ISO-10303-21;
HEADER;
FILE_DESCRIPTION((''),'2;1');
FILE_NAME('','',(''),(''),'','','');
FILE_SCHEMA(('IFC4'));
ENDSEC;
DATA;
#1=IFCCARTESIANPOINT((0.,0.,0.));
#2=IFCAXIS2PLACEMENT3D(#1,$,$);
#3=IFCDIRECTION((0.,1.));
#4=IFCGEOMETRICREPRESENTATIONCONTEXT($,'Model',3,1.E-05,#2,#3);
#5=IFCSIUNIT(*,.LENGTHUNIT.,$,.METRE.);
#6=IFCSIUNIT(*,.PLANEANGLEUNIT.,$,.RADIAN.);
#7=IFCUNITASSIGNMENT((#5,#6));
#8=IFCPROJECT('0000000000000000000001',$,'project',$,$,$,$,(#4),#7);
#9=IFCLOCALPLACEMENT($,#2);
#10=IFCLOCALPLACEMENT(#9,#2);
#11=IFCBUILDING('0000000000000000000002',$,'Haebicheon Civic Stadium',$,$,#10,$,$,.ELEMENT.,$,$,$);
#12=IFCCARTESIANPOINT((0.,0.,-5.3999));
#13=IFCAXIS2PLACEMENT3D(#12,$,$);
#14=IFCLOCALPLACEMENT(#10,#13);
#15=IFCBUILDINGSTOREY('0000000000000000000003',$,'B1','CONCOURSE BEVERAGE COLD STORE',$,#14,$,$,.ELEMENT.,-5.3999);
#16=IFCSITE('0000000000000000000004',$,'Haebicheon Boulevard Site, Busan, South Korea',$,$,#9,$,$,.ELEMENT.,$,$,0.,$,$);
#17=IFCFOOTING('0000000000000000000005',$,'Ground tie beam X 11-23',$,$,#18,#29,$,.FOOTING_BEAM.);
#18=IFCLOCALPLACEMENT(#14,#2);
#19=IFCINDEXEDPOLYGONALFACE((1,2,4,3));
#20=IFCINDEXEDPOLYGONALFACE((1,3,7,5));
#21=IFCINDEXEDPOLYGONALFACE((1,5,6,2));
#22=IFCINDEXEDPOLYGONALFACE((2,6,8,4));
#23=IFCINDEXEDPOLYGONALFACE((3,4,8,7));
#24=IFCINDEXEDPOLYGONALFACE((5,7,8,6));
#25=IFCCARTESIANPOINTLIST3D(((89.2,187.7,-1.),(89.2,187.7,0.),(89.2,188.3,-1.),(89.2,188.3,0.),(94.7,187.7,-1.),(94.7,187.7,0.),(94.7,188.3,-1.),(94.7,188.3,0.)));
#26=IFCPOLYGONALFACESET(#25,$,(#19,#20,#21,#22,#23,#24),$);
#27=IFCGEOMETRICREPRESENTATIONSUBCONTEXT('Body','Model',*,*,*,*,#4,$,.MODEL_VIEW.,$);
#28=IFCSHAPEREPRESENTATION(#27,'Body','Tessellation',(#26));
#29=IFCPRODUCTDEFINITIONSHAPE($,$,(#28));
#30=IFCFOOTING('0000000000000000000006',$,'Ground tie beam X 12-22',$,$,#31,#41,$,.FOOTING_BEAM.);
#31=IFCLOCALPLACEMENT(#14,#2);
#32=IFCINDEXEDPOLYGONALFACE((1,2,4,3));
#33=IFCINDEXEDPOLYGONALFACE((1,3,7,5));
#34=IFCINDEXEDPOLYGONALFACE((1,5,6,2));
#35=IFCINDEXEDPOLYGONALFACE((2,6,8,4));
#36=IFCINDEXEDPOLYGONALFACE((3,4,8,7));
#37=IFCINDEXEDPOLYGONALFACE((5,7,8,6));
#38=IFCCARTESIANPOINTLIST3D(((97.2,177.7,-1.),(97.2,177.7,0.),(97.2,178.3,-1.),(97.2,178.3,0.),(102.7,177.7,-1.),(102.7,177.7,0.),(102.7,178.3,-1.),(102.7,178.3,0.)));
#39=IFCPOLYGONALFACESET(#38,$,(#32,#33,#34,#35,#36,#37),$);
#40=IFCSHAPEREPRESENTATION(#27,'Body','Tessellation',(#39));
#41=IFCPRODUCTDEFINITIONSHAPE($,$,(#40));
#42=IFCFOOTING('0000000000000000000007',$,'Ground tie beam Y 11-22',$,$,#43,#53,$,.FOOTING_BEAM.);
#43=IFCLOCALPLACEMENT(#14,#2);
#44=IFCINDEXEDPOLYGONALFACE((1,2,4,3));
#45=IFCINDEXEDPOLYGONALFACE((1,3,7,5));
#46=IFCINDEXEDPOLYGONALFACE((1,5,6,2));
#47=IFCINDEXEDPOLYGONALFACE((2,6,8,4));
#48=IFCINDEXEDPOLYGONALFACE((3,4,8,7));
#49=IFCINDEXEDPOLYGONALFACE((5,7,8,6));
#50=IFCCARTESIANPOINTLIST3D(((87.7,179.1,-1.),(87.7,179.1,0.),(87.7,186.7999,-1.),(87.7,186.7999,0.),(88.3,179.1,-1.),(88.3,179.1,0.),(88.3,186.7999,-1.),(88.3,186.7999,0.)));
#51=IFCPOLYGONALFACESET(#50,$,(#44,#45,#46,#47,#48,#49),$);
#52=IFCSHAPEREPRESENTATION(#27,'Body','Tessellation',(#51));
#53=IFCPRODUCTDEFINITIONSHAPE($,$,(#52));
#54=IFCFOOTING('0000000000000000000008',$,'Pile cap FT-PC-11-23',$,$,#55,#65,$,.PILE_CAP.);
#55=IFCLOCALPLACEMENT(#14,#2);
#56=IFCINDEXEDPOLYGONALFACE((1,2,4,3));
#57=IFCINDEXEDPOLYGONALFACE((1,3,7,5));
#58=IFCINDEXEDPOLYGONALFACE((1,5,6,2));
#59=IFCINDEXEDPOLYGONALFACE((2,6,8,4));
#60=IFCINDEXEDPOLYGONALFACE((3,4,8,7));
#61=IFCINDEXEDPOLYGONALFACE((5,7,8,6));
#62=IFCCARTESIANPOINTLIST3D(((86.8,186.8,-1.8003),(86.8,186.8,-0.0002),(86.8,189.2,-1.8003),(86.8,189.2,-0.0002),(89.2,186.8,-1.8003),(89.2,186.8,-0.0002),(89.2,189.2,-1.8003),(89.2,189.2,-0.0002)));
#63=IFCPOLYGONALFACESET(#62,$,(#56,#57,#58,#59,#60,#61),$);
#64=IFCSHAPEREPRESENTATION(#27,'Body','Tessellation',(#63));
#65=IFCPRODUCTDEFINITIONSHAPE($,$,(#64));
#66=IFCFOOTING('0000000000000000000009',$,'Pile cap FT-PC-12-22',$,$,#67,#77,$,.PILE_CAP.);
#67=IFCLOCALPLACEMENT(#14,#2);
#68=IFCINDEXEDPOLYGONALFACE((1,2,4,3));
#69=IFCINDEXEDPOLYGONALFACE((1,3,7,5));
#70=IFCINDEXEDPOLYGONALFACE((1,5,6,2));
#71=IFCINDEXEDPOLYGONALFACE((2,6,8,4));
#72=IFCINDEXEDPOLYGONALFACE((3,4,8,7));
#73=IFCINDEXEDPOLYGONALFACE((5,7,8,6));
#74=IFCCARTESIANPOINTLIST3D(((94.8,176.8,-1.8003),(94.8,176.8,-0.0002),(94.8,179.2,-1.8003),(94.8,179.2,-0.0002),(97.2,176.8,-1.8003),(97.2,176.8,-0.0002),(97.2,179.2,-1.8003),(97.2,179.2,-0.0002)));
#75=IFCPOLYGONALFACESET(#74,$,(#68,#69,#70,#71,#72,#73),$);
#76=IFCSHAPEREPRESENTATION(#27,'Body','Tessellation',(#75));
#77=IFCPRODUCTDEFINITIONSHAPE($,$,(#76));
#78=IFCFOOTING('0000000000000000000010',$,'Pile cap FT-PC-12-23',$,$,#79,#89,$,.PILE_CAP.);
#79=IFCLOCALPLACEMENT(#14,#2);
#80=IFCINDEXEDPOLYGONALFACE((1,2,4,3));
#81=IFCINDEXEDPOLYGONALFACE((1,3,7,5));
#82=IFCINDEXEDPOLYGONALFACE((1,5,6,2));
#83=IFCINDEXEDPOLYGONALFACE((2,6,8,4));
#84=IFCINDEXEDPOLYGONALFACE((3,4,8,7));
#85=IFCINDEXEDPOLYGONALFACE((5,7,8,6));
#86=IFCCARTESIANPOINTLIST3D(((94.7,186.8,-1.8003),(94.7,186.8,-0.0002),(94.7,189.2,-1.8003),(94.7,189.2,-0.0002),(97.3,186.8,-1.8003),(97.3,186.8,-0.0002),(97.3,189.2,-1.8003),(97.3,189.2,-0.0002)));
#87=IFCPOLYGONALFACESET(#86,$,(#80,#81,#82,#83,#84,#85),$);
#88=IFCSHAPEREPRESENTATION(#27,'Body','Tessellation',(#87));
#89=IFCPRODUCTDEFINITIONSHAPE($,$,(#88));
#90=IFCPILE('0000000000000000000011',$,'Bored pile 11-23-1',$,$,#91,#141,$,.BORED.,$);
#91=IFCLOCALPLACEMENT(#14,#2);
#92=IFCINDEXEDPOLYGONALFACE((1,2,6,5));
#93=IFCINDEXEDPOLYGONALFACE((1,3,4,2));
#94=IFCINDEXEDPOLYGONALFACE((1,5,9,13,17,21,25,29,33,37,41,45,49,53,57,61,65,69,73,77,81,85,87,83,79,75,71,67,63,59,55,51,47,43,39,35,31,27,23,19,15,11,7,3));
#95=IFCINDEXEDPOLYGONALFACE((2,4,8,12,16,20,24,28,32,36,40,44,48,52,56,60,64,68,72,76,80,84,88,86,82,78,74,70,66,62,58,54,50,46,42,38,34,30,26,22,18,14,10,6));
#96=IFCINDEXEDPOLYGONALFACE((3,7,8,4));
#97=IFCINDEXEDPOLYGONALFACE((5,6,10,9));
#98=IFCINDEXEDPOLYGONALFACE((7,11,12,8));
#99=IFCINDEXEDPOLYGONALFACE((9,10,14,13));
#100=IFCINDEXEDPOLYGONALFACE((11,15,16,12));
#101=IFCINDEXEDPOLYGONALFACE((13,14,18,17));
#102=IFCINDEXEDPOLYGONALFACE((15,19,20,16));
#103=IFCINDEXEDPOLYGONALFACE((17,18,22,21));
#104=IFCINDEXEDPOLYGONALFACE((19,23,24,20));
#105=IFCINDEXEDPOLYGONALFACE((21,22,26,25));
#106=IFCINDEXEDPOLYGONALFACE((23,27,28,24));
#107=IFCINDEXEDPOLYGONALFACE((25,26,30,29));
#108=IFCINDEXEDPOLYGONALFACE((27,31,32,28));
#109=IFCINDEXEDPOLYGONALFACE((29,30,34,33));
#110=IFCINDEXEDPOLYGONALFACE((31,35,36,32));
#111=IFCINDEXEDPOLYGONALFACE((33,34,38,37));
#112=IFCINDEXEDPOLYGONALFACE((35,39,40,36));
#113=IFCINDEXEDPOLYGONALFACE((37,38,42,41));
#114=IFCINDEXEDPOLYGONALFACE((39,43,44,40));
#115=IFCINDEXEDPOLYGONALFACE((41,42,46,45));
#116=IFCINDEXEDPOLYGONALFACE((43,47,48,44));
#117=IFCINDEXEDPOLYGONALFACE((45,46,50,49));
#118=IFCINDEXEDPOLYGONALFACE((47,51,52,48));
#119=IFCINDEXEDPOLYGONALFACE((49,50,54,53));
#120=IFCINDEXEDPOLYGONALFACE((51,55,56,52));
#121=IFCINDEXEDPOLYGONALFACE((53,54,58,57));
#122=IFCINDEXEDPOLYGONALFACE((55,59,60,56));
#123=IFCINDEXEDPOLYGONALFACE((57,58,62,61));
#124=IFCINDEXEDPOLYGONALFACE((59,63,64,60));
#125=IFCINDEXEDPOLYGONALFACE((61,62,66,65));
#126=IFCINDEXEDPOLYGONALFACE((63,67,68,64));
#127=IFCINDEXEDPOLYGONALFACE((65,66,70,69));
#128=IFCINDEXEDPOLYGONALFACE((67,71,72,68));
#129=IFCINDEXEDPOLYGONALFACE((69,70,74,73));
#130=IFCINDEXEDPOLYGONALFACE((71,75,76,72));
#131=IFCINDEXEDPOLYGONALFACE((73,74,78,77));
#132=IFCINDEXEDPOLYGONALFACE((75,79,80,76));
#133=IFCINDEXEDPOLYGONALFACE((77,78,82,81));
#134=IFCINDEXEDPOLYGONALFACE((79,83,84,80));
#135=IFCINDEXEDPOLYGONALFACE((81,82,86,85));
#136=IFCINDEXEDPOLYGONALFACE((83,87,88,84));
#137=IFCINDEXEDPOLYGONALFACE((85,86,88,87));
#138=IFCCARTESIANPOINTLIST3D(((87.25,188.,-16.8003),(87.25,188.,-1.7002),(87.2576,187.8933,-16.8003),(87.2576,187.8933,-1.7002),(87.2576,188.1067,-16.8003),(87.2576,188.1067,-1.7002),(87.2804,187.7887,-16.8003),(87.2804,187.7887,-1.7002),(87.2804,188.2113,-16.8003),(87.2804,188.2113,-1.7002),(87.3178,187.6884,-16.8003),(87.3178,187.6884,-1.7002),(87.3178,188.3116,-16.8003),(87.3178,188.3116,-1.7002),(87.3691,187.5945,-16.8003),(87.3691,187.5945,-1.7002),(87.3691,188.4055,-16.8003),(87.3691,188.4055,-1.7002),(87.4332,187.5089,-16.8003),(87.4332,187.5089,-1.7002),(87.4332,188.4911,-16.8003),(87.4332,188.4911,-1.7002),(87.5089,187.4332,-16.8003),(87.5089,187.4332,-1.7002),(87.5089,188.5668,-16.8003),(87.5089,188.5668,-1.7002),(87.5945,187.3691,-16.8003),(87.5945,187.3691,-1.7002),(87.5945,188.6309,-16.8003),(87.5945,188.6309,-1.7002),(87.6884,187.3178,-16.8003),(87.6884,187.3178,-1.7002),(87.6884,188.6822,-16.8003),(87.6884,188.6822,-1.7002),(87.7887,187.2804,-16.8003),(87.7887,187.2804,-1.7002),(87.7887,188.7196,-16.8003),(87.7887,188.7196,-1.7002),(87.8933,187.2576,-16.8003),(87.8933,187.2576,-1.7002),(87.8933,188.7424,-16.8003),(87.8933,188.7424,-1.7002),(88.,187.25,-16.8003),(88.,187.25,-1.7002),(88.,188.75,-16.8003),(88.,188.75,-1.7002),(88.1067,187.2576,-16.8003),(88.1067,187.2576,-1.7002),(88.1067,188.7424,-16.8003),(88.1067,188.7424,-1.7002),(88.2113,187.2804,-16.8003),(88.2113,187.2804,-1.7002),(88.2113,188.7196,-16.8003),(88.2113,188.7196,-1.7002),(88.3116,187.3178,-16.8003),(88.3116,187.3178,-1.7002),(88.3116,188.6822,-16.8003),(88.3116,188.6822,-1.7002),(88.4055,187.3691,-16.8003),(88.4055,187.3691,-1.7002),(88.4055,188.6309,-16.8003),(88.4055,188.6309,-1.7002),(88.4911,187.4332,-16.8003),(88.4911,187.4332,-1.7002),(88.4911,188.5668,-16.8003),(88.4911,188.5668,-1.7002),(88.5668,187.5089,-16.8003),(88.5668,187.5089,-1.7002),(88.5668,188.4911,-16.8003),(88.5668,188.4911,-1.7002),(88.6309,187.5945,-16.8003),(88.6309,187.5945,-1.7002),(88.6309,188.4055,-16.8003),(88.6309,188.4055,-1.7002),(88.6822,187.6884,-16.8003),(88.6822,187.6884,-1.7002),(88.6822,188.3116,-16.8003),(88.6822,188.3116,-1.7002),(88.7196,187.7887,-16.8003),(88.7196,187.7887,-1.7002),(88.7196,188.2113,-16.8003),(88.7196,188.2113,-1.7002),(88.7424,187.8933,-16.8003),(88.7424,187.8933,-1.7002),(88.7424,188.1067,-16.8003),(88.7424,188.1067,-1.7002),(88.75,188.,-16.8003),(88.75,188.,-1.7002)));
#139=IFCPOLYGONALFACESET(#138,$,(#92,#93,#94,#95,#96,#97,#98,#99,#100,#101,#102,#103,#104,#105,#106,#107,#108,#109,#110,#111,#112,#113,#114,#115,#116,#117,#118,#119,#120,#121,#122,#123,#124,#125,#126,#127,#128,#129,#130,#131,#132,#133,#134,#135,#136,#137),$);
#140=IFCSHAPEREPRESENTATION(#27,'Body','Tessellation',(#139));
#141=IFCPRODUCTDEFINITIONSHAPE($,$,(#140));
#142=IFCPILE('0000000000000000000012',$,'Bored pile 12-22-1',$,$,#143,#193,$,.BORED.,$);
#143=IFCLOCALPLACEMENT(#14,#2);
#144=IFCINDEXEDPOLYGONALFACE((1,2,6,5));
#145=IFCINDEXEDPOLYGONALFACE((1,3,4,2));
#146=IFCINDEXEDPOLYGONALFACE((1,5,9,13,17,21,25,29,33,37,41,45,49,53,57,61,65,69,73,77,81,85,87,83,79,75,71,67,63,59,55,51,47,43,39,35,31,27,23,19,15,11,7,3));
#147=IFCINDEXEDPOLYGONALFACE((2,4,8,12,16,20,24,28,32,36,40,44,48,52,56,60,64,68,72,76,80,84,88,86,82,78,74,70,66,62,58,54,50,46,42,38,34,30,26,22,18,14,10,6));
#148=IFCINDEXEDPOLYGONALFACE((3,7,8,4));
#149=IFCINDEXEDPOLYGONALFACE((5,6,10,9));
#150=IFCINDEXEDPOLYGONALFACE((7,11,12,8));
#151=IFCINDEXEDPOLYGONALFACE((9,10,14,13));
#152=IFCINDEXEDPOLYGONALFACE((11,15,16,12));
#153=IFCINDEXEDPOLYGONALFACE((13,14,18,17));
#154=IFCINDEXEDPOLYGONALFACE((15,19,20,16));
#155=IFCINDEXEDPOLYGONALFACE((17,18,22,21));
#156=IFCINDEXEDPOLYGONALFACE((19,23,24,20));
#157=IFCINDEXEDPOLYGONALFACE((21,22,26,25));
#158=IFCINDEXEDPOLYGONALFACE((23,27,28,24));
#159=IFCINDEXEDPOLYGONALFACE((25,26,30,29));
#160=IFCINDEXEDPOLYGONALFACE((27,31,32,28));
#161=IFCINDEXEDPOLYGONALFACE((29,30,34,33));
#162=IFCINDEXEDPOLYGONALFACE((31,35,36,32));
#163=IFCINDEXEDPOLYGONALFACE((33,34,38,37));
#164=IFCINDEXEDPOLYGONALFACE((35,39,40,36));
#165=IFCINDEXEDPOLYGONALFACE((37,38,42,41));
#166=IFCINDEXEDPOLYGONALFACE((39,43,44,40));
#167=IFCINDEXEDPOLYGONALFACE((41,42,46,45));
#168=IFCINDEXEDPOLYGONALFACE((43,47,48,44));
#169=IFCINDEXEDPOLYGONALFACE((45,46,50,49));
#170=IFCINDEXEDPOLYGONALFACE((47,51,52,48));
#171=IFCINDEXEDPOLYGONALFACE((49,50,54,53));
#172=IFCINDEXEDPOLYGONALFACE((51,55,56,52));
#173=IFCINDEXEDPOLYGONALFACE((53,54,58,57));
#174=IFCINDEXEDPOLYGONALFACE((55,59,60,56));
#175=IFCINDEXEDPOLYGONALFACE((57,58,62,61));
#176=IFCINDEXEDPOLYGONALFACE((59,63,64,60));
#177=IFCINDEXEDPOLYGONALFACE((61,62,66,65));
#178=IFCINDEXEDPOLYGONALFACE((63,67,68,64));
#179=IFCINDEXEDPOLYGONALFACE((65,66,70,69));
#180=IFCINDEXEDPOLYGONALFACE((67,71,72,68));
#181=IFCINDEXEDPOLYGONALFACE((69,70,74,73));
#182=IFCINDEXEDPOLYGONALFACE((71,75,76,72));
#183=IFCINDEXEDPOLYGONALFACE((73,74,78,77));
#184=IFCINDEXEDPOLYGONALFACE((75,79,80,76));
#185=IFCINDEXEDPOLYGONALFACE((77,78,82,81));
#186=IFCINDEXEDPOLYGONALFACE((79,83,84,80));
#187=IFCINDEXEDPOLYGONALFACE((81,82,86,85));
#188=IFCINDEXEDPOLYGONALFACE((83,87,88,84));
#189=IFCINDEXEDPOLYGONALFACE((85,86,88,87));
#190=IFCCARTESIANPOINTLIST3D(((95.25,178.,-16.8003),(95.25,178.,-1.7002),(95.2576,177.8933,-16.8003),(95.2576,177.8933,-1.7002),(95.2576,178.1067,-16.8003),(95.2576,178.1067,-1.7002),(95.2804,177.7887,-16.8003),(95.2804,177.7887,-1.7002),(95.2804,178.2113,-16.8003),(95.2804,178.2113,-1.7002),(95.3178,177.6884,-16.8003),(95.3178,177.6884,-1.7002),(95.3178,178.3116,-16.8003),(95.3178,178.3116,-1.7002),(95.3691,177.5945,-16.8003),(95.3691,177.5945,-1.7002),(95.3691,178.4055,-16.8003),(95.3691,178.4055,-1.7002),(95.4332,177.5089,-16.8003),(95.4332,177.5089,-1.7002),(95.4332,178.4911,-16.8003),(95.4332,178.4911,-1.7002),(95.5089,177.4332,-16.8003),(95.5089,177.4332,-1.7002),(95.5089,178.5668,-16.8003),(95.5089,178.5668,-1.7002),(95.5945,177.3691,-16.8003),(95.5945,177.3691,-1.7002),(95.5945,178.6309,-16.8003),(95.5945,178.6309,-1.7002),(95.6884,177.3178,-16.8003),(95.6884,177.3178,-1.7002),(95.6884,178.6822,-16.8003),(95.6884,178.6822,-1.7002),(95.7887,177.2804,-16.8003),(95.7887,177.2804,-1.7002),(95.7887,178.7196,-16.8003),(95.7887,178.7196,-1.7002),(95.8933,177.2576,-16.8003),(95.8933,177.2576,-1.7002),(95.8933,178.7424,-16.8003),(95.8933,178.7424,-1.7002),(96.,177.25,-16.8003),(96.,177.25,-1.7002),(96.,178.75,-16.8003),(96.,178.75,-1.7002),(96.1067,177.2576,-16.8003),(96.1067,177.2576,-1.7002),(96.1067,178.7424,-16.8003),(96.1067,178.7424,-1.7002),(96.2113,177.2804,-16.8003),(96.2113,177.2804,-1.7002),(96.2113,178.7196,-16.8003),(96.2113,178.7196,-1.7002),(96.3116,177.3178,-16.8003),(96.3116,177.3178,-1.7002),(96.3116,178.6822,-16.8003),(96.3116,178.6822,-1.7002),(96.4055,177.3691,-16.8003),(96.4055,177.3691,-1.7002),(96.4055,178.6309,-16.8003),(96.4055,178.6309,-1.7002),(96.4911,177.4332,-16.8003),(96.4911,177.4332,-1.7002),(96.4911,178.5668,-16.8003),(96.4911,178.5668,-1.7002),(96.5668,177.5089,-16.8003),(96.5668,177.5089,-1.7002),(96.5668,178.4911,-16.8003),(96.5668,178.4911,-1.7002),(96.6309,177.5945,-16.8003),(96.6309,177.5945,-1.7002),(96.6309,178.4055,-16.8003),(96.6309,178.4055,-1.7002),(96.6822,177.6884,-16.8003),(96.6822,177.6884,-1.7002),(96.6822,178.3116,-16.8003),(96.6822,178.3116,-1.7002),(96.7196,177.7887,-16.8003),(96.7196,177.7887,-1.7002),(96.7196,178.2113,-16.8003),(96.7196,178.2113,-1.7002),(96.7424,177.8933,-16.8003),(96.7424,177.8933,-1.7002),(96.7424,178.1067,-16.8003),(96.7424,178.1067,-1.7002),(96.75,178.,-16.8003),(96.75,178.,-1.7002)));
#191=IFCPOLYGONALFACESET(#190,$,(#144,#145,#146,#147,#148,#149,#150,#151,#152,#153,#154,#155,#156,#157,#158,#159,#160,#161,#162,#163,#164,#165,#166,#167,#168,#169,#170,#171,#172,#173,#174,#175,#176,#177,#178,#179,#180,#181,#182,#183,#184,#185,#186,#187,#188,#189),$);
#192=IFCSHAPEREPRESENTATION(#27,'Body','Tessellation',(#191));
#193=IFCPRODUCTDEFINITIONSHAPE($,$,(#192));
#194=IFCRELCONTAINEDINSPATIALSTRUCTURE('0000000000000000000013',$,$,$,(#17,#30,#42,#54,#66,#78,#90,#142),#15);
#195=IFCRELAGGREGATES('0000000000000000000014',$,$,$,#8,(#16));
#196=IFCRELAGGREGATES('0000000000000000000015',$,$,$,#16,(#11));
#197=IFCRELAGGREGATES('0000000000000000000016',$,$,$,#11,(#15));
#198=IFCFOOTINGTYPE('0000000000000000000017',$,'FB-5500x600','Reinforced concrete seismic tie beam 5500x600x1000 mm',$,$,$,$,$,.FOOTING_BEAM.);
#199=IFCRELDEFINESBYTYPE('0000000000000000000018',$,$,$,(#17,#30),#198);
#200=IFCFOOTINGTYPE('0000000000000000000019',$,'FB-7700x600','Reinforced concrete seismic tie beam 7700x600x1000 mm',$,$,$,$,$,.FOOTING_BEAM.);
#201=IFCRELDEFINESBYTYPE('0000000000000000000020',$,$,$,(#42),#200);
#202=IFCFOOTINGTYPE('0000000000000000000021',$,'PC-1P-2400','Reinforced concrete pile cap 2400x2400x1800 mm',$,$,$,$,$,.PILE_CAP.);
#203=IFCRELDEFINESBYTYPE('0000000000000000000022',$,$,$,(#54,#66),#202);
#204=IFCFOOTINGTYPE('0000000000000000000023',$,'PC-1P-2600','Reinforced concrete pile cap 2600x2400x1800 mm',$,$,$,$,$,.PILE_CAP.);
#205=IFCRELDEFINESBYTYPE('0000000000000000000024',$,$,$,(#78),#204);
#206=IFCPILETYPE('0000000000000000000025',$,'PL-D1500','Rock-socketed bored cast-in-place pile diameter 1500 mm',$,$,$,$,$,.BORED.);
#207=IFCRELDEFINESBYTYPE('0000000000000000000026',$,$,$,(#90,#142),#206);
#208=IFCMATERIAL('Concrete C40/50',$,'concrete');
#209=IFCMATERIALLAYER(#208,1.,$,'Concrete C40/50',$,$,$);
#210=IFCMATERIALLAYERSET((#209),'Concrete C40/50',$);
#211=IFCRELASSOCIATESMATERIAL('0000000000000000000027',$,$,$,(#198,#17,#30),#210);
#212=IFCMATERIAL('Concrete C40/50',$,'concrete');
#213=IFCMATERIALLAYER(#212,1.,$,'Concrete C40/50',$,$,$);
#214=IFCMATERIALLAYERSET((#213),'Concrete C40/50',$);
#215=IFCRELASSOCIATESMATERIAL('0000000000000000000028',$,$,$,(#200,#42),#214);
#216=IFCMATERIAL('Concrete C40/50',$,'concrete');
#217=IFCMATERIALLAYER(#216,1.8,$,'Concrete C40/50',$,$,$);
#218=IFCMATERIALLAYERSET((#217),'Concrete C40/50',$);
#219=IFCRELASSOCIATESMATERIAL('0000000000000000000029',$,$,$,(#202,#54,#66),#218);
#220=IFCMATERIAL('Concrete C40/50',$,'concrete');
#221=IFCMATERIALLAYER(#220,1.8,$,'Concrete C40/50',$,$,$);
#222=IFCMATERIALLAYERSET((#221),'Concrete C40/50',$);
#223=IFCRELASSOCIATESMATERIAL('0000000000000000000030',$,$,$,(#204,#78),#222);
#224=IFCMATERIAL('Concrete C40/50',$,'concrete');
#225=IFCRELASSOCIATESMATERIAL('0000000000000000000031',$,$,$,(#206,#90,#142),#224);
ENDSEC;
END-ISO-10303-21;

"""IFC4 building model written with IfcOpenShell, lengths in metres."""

from ifc_helpers import new_model, si_unit, direction, frame, origin, origin_2d, place, context, subcontext, project, spatial, rectangle, circle, extrude, material, layer, layer_set, material_profile, profile_set, type_object, element, save


model = new_model("IFC4")

# Units and contexts
model_context = context("Model", 3, precision=1e-05, world=origin(), true_north=direction((0.0, 1.0)))
body_context = subcontext(model_context, "Body", "Model", "MODEL_VIEW")
ifc_project = project(units=[si_unit("LENGTHUNIT", "METRE"), si_unit("PLANEANGLEUNIT", "RADIAN")], contexts=[model_context])

# Site, building, storey
site_placement = place(None, origin())
site = spatial("IfcSite", under=ifc_project, at=site_placement, Name="Haebicheon Boulevard Site, Busan, South Korea", CompositionType="ELEMENT", RefElevation=0.0)
building_placement = place(site_placement, origin())
building = spatial("IfcBuilding", under=site, at=building_placement, Name="Haebicheon Civic Stadium", CompositionType="ELEMENT")
storey_placement = place(building_placement, frame((0.0, 0.0, -5.3999)))
storey = spatial("IfcBuildingStorey", under=building, at=storey_placement, Name="B1", Description="CONCOURSE BEVERAGE COLD STORE", CompositionType="ELEMENT", Elevation=-5.3999)

# Footings
ifc_material_1 = material(Name="Concrete C40/50", Category="concrete")
ifc_layer_1 = layer(ifc_material_1, 1.0, Name="Concrete C40/50")
ifc_layer_set_1 = layer_set([ifc_layer_1], Name="Concrete C40/50")
footing_type_1 = type_object("IfcFootingType", Name="FB-5500x600", Description="Reinforced concrete seismic tie beam 5500x600x1000 mm", PredefinedType="FOOTING_BEAM", material=ifc_layer_set_1)
for number, where, z_axis, x_axis, name in (
    (1, (91.95, 188.0, -1.0), (0.0, 0.0, 1.0), (1.0, 0.0, 0.0), "Ground tie beam X 11-23"),
    (2, (99.95, 178.0, -1.0), (0.0, 0.0, 1.0), (1.0, 0.0, 0.0), "Ground tie beam X 12-22"),
):
    element("IfcFooting", number, at=place(storey_placement, frame(where, z_axis=z_axis, x_axis=x_axis)), inside=storey, type_object=footing_type_1, material=ifc_layer_set_1, Name=name, PredefinedType="FOOTING_BEAM", context=body_context, shape_type="SweptSolid", body=[
        extrude(rectangle(XDim=5.5, YDim=0.6001, at=origin_2d()), origin(), (0.0, 0.0, 1.0), 1.0),
    ])
ifc_material_2 = material(Name="Concrete C40/50", Category="concrete")
ifc_layer_2 = layer(ifc_material_2, 1.0, Name="Concrete C40/50")
ifc_layer_set_2 = layer_set([ifc_layer_2], Name="Concrete C40/50")
footing_type_2 = type_object("IfcFootingType", Name="FB-7700x600", Description="Reinforced concrete seismic tie beam 7700x600x1000 mm", PredefinedType="FOOTING_BEAM", material=ifc_layer_set_2)
footing_1_placement = place(storey_placement, frame((88.0, 182.95, -1.0), z_axis=(0.0, 0.0, 1.0), x_axis=(0.0, 1.0, 0.0)))
element("IfcFooting", 3, at=footing_1_placement, inside=storey, type_object=footing_type_2, material=ifc_layer_set_2, Name="Ground tie beam Y 11-22", PredefinedType="FOOTING_BEAM", context=body_context, shape_type="SweptSolid", body=[
    extrude(rectangle(XDim=7.7, YDim=0.6001, at=origin_2d()), origin(), (0.0, 0.0, 1.0), 1.0),
])
ifc_material_3 = material(Name="Concrete C40/50", Category="concrete")
ifc_layer_3 = layer(ifc_material_3, 1.8, Name="Concrete C40/50")
ifc_layer_set_3 = layer_set([ifc_layer_3], Name="Concrete C40/50")
footing_type_3 = type_object("IfcFootingType", Name="PC-1P-2400", Description="Reinforced concrete pile cap 2400x2400x1800 mm", PredefinedType="PILE_CAP", material=ifc_layer_set_3)
for number, where, z_axis, x_axis, name in (
    (4, (88.0, 188.0, -1.8003), (0.0, 0.0, 1.0), (1.0, 0.0, 0.0), "Pile cap FT-PC-11-23"),
    (5, (96.0, 178.0, -1.8003), (0.0, 0.0, 1.0), (1.0, 0.0, 0.0), "Pile cap FT-PC-12-22"),
):
    element("IfcFooting", number, at=place(storey_placement, frame(where, z_axis=z_axis, x_axis=x_axis)), inside=storey, type_object=footing_type_3, material=ifc_layer_set_3, Name=name, PredefinedType="PILE_CAP", context=body_context, shape_type="SweptSolid", body=[
        extrude(rectangle(XDim=2.3999, YDim=2.3999, at=origin_2d()), origin(), (0.0, 0.0, 1.0), 1.8),
    ])
ifc_material_4 = material(Name="Concrete C40/50", Category="concrete")
ifc_layer_4 = layer(ifc_material_4, 1.8, Name="Concrete C40/50")
ifc_layer_set_4 = layer_set([ifc_layer_4], Name="Concrete C40/50")
footing_type_4 = type_object("IfcFootingType", Name="PC-1P-2600", Description="Reinforced concrete pile cap 2600x2400x1800 mm", PredefinedType="PILE_CAP", material=ifc_layer_set_4)
footing_2_placement = place(storey_placement, frame((96.0, 188.0, -1.8003), z_axis=(0.0, 0.0, 1.0), x_axis=(1.0, 0.0, 0.0)))
element("IfcFooting", 6, at=footing_2_placement, inside=storey, type_object=footing_type_4, material=ifc_layer_set_4, Name="Pile cap FT-PC-12-23", PredefinedType="PILE_CAP", context=body_context, shape_type="SweptSolid", body=[
    extrude(rectangle(XDim=2.6001, YDim=2.3999, at=origin_2d()), origin(), (0.0, 0.0, 1.0), 1.8),
])

# Piles
ifc_material_5 = material(Name="Concrete C40/50", Category="concrete")
ifc_material_profile_1 = material_profile(ifc_material_5, circle(Radius=0.75, at=origin_2d()), Name="PILE-D1500")
ifc_profile_set_1 = profile_set([ifc_material_profile_1], Name="Concrete C40/50")
pile_type = type_object("IfcPileType", Name="PL-D1500", Description="Rock-socketed bored cast-in-place pile diameter 1500 mm", PredefinedType="BORED", material=ifc_profile_set_1)
for number, where, z_axis, x_axis, name in (
    (7, (88.0, 188.0, -1.7002), (0.0, 0.0, -1.0), (1.0, 0.0, 0.0), "Bored pile 11-23-1"),
    (8, (96.0, 178.0, -1.7002), (0.0, 0.0, -1.0), (1.0, 0.0, 0.0), "Bored pile 12-22-1"),
):
    element("IfcPile", number, at=place(storey_placement, frame(where, z_axis=z_axis, x_axis=x_axis)), inside=storey, type_object=pile_type, material=ifc_profile_set_1, Name=name, PredefinedType="BORED", context=body_context, shape_type="SweptSolid", body=[
        extrude(circle(Radius=0.75, at=origin_2d()), origin(), (0.0, 0.0, 1.0), 15.1001),
    ])

save(model, "model.ifc")
